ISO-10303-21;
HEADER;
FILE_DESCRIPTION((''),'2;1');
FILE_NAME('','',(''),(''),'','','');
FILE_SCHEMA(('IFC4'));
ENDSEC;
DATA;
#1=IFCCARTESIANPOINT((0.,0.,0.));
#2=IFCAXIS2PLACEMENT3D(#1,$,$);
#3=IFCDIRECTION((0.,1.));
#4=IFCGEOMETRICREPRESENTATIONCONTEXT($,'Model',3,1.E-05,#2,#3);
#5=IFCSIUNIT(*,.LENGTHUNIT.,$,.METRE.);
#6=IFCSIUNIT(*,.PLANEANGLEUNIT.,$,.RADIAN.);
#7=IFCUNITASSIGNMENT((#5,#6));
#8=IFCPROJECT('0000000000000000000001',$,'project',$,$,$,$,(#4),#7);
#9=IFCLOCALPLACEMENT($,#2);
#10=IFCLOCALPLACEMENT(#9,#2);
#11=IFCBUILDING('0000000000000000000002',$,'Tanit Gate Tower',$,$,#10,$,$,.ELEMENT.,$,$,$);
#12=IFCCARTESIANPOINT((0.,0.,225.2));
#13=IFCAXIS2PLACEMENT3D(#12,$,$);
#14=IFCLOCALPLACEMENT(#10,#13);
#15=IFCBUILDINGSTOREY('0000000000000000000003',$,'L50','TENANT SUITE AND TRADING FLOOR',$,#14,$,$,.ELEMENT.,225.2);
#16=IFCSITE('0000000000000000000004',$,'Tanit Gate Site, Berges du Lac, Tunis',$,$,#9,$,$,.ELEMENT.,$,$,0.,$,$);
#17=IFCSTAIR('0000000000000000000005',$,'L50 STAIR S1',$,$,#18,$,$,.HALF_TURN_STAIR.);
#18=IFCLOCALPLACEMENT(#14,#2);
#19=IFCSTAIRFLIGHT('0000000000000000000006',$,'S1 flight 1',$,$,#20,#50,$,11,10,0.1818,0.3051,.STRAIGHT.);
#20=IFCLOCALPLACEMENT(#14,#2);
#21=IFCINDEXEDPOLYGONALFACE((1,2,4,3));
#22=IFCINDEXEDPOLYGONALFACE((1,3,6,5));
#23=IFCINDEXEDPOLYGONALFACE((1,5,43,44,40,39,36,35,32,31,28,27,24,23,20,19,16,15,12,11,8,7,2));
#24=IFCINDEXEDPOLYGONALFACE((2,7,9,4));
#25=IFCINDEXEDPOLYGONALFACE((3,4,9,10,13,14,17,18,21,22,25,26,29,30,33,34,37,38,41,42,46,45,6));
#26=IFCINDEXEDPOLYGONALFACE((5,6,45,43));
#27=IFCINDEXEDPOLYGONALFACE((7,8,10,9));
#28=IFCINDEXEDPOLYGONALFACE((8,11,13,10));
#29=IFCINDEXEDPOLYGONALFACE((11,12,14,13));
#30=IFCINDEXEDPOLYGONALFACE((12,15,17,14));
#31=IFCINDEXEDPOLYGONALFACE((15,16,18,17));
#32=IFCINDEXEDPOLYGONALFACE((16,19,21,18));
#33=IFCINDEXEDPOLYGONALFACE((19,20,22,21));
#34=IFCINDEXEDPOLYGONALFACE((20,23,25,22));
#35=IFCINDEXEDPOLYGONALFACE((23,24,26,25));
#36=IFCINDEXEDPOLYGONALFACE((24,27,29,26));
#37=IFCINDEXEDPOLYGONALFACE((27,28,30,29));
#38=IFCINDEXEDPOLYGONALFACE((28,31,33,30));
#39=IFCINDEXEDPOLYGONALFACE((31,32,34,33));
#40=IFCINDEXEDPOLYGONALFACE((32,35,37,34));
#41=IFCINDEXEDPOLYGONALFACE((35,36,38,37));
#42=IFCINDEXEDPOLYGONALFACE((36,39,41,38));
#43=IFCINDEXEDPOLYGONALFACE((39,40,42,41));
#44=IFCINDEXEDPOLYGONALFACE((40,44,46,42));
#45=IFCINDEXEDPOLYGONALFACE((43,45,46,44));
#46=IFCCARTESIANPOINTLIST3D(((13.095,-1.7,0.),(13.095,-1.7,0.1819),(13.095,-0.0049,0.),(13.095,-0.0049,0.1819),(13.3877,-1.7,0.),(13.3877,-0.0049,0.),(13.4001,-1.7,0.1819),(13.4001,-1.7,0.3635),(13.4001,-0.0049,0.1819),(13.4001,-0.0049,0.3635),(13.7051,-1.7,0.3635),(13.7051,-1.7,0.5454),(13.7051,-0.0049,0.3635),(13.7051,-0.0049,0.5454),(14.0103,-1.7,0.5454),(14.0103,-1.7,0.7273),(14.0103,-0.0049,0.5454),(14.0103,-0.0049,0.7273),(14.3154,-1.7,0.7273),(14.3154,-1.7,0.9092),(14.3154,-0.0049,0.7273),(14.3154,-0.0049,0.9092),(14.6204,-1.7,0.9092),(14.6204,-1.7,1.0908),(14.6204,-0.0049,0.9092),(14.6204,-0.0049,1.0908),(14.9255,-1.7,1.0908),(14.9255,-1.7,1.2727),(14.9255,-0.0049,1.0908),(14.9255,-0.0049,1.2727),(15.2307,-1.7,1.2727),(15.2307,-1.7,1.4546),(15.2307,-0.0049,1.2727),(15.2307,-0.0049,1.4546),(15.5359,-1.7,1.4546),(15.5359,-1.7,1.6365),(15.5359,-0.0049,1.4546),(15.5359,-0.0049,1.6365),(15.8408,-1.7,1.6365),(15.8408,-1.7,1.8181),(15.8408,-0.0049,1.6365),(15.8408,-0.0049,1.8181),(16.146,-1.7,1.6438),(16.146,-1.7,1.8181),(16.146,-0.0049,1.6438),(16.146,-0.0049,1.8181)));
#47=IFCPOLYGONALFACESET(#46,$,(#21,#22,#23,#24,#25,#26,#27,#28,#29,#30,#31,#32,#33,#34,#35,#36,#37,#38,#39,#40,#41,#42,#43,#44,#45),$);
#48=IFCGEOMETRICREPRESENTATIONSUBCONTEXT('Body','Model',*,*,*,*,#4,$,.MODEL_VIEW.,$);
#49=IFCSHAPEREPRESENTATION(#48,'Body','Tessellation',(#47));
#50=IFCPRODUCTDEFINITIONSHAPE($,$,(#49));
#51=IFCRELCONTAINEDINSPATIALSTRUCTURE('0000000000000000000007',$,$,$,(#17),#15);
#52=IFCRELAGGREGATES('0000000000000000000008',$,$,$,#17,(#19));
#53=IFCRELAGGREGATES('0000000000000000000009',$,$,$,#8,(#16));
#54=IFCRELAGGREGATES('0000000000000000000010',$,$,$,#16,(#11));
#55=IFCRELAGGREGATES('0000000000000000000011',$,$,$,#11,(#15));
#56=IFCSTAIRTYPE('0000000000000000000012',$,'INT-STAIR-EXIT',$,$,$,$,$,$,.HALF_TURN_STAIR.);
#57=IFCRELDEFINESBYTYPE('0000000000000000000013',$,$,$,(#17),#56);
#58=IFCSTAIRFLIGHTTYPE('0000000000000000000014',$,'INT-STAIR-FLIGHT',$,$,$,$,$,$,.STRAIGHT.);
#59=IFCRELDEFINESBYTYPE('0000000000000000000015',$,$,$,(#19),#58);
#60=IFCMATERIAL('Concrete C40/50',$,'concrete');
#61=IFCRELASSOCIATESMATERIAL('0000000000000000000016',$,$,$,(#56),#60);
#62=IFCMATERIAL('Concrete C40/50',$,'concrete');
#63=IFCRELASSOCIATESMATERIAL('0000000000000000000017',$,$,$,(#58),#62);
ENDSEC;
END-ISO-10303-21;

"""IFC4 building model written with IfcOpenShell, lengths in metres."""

from ifc_helpers import new_model, si_unit, direction, frame, origin, place, context, subcontext, project, spatial, polyline, outline, extrude, material, type_object, element, aggregate, save


model = new_model("IFC4")

# Units and contexts
model_context = context("Model", 3, precision=1e-05, world=origin(), true_north=direction((0.0, 1.0)))
body_context = subcontext(model_context, "Body", "Model", "MODEL_VIEW")
ifc_project = project(units=[si_unit("LENGTHUNIT", "METRE"), si_unit("PLANEANGLEUNIT", "RADIAN")], contexts=[model_context])

# Site, building, storey
site_placement = place(None, origin())
site = spatial("IfcSite", under=ifc_project, at=site_placement, Name="Tanit Gate Site, Berges du Lac, Tunis", CompositionType="ELEMENT", RefElevation=0.0)
building_placement = place(site_placement, origin())
building = spatial("IfcBuilding", under=site, at=building_placement, Name="Tanit Gate Tower", CompositionType="ELEMENT")
storey_placement = place(building_placement, frame((0.0, 0.0, 225.2)))
storey = spatial("IfcBuildingStorey", under=building, at=storey_placement, Name="L50", Description="TENANT SUITE AND TRADING FLOOR", CompositionType="ELEMENT", Elevation=225.2)

# Stair, stair flight
ifc_material_1 = material(Name="Concrete C40/50", Category="concrete")
stair_type = type_object("IfcStairType", Name="INT-STAIR-EXIT", PredefinedType="HALF_TURN_STAIR", material=ifc_material_1)
stair_placement = place(storey_placement, origin())
stair = element("IfcStair", 1, at=stair_placement, inside=storey, type_object=stair_type, Name="L50 STAIR S1", PredefinedType="HALF_TURN_STAIR")
ifc_material_2 = material(Name="Concrete C40/50", Category="concrete")
stair_flight_type = type_object("IfcStairFlightType", Name="INT-STAIR-FLIGHT", PredefinedType="STRAIGHT", material=ifc_material_2)
stair_flight_placement = place(storey_placement, frame((13.095, -0.8525, 0.0), z_axis=(0.0, 0.0, 1.0), x_axis=(1.0, 0.0, 0.0)))
stair_flight = element("IfcStairFlight", 2, at=stair_flight_placement, type_object=stair_flight_type, Name="S1 flight 1", NumberOfRisers=11, NumberOfTreads=10, PredefinedType="STRAIGHT", RiserHeight=0.1818, TreadLength=0.3051, context=body_context, shape_type="SweptSolid", body=[
    extrude(outline(polyline([(0.0, 0.0), (0.0, 0.1819), (0.3052, 0.1819), (0.3052, 0.3635), (0.6101, 0.3635), (0.6101, 0.5454), (0.9153, 0.5454), (0.9153, 0.7273), (1.2205, 0.7273), (1.2205, 0.9092), (1.5254, 0.9092), (1.5254, 1.0908), (1.8306, 1.0908), (1.8306, 1.2727), (2.1357, 1.2727), (2.1357, 1.4546), (2.4409, 1.4546), (2.4409, 1.6365), (2.7458, 1.6365), (2.7458, 1.8181), (3.051, 1.8181), (3.051, 2.0), (3.051, 1.6438), (0.2927, 0.0), (0.0, 0.0)])), frame((0.0, 0.8477, 0.0), z_axis=(0.0, -1.0, 0.0), x_axis=(1.0, 0.0, 0.0)), (0.0, 0.0, 1.0), 1.6951),
])
aggregate(stair, [stair_flight])

save(model, "model.ifc")
